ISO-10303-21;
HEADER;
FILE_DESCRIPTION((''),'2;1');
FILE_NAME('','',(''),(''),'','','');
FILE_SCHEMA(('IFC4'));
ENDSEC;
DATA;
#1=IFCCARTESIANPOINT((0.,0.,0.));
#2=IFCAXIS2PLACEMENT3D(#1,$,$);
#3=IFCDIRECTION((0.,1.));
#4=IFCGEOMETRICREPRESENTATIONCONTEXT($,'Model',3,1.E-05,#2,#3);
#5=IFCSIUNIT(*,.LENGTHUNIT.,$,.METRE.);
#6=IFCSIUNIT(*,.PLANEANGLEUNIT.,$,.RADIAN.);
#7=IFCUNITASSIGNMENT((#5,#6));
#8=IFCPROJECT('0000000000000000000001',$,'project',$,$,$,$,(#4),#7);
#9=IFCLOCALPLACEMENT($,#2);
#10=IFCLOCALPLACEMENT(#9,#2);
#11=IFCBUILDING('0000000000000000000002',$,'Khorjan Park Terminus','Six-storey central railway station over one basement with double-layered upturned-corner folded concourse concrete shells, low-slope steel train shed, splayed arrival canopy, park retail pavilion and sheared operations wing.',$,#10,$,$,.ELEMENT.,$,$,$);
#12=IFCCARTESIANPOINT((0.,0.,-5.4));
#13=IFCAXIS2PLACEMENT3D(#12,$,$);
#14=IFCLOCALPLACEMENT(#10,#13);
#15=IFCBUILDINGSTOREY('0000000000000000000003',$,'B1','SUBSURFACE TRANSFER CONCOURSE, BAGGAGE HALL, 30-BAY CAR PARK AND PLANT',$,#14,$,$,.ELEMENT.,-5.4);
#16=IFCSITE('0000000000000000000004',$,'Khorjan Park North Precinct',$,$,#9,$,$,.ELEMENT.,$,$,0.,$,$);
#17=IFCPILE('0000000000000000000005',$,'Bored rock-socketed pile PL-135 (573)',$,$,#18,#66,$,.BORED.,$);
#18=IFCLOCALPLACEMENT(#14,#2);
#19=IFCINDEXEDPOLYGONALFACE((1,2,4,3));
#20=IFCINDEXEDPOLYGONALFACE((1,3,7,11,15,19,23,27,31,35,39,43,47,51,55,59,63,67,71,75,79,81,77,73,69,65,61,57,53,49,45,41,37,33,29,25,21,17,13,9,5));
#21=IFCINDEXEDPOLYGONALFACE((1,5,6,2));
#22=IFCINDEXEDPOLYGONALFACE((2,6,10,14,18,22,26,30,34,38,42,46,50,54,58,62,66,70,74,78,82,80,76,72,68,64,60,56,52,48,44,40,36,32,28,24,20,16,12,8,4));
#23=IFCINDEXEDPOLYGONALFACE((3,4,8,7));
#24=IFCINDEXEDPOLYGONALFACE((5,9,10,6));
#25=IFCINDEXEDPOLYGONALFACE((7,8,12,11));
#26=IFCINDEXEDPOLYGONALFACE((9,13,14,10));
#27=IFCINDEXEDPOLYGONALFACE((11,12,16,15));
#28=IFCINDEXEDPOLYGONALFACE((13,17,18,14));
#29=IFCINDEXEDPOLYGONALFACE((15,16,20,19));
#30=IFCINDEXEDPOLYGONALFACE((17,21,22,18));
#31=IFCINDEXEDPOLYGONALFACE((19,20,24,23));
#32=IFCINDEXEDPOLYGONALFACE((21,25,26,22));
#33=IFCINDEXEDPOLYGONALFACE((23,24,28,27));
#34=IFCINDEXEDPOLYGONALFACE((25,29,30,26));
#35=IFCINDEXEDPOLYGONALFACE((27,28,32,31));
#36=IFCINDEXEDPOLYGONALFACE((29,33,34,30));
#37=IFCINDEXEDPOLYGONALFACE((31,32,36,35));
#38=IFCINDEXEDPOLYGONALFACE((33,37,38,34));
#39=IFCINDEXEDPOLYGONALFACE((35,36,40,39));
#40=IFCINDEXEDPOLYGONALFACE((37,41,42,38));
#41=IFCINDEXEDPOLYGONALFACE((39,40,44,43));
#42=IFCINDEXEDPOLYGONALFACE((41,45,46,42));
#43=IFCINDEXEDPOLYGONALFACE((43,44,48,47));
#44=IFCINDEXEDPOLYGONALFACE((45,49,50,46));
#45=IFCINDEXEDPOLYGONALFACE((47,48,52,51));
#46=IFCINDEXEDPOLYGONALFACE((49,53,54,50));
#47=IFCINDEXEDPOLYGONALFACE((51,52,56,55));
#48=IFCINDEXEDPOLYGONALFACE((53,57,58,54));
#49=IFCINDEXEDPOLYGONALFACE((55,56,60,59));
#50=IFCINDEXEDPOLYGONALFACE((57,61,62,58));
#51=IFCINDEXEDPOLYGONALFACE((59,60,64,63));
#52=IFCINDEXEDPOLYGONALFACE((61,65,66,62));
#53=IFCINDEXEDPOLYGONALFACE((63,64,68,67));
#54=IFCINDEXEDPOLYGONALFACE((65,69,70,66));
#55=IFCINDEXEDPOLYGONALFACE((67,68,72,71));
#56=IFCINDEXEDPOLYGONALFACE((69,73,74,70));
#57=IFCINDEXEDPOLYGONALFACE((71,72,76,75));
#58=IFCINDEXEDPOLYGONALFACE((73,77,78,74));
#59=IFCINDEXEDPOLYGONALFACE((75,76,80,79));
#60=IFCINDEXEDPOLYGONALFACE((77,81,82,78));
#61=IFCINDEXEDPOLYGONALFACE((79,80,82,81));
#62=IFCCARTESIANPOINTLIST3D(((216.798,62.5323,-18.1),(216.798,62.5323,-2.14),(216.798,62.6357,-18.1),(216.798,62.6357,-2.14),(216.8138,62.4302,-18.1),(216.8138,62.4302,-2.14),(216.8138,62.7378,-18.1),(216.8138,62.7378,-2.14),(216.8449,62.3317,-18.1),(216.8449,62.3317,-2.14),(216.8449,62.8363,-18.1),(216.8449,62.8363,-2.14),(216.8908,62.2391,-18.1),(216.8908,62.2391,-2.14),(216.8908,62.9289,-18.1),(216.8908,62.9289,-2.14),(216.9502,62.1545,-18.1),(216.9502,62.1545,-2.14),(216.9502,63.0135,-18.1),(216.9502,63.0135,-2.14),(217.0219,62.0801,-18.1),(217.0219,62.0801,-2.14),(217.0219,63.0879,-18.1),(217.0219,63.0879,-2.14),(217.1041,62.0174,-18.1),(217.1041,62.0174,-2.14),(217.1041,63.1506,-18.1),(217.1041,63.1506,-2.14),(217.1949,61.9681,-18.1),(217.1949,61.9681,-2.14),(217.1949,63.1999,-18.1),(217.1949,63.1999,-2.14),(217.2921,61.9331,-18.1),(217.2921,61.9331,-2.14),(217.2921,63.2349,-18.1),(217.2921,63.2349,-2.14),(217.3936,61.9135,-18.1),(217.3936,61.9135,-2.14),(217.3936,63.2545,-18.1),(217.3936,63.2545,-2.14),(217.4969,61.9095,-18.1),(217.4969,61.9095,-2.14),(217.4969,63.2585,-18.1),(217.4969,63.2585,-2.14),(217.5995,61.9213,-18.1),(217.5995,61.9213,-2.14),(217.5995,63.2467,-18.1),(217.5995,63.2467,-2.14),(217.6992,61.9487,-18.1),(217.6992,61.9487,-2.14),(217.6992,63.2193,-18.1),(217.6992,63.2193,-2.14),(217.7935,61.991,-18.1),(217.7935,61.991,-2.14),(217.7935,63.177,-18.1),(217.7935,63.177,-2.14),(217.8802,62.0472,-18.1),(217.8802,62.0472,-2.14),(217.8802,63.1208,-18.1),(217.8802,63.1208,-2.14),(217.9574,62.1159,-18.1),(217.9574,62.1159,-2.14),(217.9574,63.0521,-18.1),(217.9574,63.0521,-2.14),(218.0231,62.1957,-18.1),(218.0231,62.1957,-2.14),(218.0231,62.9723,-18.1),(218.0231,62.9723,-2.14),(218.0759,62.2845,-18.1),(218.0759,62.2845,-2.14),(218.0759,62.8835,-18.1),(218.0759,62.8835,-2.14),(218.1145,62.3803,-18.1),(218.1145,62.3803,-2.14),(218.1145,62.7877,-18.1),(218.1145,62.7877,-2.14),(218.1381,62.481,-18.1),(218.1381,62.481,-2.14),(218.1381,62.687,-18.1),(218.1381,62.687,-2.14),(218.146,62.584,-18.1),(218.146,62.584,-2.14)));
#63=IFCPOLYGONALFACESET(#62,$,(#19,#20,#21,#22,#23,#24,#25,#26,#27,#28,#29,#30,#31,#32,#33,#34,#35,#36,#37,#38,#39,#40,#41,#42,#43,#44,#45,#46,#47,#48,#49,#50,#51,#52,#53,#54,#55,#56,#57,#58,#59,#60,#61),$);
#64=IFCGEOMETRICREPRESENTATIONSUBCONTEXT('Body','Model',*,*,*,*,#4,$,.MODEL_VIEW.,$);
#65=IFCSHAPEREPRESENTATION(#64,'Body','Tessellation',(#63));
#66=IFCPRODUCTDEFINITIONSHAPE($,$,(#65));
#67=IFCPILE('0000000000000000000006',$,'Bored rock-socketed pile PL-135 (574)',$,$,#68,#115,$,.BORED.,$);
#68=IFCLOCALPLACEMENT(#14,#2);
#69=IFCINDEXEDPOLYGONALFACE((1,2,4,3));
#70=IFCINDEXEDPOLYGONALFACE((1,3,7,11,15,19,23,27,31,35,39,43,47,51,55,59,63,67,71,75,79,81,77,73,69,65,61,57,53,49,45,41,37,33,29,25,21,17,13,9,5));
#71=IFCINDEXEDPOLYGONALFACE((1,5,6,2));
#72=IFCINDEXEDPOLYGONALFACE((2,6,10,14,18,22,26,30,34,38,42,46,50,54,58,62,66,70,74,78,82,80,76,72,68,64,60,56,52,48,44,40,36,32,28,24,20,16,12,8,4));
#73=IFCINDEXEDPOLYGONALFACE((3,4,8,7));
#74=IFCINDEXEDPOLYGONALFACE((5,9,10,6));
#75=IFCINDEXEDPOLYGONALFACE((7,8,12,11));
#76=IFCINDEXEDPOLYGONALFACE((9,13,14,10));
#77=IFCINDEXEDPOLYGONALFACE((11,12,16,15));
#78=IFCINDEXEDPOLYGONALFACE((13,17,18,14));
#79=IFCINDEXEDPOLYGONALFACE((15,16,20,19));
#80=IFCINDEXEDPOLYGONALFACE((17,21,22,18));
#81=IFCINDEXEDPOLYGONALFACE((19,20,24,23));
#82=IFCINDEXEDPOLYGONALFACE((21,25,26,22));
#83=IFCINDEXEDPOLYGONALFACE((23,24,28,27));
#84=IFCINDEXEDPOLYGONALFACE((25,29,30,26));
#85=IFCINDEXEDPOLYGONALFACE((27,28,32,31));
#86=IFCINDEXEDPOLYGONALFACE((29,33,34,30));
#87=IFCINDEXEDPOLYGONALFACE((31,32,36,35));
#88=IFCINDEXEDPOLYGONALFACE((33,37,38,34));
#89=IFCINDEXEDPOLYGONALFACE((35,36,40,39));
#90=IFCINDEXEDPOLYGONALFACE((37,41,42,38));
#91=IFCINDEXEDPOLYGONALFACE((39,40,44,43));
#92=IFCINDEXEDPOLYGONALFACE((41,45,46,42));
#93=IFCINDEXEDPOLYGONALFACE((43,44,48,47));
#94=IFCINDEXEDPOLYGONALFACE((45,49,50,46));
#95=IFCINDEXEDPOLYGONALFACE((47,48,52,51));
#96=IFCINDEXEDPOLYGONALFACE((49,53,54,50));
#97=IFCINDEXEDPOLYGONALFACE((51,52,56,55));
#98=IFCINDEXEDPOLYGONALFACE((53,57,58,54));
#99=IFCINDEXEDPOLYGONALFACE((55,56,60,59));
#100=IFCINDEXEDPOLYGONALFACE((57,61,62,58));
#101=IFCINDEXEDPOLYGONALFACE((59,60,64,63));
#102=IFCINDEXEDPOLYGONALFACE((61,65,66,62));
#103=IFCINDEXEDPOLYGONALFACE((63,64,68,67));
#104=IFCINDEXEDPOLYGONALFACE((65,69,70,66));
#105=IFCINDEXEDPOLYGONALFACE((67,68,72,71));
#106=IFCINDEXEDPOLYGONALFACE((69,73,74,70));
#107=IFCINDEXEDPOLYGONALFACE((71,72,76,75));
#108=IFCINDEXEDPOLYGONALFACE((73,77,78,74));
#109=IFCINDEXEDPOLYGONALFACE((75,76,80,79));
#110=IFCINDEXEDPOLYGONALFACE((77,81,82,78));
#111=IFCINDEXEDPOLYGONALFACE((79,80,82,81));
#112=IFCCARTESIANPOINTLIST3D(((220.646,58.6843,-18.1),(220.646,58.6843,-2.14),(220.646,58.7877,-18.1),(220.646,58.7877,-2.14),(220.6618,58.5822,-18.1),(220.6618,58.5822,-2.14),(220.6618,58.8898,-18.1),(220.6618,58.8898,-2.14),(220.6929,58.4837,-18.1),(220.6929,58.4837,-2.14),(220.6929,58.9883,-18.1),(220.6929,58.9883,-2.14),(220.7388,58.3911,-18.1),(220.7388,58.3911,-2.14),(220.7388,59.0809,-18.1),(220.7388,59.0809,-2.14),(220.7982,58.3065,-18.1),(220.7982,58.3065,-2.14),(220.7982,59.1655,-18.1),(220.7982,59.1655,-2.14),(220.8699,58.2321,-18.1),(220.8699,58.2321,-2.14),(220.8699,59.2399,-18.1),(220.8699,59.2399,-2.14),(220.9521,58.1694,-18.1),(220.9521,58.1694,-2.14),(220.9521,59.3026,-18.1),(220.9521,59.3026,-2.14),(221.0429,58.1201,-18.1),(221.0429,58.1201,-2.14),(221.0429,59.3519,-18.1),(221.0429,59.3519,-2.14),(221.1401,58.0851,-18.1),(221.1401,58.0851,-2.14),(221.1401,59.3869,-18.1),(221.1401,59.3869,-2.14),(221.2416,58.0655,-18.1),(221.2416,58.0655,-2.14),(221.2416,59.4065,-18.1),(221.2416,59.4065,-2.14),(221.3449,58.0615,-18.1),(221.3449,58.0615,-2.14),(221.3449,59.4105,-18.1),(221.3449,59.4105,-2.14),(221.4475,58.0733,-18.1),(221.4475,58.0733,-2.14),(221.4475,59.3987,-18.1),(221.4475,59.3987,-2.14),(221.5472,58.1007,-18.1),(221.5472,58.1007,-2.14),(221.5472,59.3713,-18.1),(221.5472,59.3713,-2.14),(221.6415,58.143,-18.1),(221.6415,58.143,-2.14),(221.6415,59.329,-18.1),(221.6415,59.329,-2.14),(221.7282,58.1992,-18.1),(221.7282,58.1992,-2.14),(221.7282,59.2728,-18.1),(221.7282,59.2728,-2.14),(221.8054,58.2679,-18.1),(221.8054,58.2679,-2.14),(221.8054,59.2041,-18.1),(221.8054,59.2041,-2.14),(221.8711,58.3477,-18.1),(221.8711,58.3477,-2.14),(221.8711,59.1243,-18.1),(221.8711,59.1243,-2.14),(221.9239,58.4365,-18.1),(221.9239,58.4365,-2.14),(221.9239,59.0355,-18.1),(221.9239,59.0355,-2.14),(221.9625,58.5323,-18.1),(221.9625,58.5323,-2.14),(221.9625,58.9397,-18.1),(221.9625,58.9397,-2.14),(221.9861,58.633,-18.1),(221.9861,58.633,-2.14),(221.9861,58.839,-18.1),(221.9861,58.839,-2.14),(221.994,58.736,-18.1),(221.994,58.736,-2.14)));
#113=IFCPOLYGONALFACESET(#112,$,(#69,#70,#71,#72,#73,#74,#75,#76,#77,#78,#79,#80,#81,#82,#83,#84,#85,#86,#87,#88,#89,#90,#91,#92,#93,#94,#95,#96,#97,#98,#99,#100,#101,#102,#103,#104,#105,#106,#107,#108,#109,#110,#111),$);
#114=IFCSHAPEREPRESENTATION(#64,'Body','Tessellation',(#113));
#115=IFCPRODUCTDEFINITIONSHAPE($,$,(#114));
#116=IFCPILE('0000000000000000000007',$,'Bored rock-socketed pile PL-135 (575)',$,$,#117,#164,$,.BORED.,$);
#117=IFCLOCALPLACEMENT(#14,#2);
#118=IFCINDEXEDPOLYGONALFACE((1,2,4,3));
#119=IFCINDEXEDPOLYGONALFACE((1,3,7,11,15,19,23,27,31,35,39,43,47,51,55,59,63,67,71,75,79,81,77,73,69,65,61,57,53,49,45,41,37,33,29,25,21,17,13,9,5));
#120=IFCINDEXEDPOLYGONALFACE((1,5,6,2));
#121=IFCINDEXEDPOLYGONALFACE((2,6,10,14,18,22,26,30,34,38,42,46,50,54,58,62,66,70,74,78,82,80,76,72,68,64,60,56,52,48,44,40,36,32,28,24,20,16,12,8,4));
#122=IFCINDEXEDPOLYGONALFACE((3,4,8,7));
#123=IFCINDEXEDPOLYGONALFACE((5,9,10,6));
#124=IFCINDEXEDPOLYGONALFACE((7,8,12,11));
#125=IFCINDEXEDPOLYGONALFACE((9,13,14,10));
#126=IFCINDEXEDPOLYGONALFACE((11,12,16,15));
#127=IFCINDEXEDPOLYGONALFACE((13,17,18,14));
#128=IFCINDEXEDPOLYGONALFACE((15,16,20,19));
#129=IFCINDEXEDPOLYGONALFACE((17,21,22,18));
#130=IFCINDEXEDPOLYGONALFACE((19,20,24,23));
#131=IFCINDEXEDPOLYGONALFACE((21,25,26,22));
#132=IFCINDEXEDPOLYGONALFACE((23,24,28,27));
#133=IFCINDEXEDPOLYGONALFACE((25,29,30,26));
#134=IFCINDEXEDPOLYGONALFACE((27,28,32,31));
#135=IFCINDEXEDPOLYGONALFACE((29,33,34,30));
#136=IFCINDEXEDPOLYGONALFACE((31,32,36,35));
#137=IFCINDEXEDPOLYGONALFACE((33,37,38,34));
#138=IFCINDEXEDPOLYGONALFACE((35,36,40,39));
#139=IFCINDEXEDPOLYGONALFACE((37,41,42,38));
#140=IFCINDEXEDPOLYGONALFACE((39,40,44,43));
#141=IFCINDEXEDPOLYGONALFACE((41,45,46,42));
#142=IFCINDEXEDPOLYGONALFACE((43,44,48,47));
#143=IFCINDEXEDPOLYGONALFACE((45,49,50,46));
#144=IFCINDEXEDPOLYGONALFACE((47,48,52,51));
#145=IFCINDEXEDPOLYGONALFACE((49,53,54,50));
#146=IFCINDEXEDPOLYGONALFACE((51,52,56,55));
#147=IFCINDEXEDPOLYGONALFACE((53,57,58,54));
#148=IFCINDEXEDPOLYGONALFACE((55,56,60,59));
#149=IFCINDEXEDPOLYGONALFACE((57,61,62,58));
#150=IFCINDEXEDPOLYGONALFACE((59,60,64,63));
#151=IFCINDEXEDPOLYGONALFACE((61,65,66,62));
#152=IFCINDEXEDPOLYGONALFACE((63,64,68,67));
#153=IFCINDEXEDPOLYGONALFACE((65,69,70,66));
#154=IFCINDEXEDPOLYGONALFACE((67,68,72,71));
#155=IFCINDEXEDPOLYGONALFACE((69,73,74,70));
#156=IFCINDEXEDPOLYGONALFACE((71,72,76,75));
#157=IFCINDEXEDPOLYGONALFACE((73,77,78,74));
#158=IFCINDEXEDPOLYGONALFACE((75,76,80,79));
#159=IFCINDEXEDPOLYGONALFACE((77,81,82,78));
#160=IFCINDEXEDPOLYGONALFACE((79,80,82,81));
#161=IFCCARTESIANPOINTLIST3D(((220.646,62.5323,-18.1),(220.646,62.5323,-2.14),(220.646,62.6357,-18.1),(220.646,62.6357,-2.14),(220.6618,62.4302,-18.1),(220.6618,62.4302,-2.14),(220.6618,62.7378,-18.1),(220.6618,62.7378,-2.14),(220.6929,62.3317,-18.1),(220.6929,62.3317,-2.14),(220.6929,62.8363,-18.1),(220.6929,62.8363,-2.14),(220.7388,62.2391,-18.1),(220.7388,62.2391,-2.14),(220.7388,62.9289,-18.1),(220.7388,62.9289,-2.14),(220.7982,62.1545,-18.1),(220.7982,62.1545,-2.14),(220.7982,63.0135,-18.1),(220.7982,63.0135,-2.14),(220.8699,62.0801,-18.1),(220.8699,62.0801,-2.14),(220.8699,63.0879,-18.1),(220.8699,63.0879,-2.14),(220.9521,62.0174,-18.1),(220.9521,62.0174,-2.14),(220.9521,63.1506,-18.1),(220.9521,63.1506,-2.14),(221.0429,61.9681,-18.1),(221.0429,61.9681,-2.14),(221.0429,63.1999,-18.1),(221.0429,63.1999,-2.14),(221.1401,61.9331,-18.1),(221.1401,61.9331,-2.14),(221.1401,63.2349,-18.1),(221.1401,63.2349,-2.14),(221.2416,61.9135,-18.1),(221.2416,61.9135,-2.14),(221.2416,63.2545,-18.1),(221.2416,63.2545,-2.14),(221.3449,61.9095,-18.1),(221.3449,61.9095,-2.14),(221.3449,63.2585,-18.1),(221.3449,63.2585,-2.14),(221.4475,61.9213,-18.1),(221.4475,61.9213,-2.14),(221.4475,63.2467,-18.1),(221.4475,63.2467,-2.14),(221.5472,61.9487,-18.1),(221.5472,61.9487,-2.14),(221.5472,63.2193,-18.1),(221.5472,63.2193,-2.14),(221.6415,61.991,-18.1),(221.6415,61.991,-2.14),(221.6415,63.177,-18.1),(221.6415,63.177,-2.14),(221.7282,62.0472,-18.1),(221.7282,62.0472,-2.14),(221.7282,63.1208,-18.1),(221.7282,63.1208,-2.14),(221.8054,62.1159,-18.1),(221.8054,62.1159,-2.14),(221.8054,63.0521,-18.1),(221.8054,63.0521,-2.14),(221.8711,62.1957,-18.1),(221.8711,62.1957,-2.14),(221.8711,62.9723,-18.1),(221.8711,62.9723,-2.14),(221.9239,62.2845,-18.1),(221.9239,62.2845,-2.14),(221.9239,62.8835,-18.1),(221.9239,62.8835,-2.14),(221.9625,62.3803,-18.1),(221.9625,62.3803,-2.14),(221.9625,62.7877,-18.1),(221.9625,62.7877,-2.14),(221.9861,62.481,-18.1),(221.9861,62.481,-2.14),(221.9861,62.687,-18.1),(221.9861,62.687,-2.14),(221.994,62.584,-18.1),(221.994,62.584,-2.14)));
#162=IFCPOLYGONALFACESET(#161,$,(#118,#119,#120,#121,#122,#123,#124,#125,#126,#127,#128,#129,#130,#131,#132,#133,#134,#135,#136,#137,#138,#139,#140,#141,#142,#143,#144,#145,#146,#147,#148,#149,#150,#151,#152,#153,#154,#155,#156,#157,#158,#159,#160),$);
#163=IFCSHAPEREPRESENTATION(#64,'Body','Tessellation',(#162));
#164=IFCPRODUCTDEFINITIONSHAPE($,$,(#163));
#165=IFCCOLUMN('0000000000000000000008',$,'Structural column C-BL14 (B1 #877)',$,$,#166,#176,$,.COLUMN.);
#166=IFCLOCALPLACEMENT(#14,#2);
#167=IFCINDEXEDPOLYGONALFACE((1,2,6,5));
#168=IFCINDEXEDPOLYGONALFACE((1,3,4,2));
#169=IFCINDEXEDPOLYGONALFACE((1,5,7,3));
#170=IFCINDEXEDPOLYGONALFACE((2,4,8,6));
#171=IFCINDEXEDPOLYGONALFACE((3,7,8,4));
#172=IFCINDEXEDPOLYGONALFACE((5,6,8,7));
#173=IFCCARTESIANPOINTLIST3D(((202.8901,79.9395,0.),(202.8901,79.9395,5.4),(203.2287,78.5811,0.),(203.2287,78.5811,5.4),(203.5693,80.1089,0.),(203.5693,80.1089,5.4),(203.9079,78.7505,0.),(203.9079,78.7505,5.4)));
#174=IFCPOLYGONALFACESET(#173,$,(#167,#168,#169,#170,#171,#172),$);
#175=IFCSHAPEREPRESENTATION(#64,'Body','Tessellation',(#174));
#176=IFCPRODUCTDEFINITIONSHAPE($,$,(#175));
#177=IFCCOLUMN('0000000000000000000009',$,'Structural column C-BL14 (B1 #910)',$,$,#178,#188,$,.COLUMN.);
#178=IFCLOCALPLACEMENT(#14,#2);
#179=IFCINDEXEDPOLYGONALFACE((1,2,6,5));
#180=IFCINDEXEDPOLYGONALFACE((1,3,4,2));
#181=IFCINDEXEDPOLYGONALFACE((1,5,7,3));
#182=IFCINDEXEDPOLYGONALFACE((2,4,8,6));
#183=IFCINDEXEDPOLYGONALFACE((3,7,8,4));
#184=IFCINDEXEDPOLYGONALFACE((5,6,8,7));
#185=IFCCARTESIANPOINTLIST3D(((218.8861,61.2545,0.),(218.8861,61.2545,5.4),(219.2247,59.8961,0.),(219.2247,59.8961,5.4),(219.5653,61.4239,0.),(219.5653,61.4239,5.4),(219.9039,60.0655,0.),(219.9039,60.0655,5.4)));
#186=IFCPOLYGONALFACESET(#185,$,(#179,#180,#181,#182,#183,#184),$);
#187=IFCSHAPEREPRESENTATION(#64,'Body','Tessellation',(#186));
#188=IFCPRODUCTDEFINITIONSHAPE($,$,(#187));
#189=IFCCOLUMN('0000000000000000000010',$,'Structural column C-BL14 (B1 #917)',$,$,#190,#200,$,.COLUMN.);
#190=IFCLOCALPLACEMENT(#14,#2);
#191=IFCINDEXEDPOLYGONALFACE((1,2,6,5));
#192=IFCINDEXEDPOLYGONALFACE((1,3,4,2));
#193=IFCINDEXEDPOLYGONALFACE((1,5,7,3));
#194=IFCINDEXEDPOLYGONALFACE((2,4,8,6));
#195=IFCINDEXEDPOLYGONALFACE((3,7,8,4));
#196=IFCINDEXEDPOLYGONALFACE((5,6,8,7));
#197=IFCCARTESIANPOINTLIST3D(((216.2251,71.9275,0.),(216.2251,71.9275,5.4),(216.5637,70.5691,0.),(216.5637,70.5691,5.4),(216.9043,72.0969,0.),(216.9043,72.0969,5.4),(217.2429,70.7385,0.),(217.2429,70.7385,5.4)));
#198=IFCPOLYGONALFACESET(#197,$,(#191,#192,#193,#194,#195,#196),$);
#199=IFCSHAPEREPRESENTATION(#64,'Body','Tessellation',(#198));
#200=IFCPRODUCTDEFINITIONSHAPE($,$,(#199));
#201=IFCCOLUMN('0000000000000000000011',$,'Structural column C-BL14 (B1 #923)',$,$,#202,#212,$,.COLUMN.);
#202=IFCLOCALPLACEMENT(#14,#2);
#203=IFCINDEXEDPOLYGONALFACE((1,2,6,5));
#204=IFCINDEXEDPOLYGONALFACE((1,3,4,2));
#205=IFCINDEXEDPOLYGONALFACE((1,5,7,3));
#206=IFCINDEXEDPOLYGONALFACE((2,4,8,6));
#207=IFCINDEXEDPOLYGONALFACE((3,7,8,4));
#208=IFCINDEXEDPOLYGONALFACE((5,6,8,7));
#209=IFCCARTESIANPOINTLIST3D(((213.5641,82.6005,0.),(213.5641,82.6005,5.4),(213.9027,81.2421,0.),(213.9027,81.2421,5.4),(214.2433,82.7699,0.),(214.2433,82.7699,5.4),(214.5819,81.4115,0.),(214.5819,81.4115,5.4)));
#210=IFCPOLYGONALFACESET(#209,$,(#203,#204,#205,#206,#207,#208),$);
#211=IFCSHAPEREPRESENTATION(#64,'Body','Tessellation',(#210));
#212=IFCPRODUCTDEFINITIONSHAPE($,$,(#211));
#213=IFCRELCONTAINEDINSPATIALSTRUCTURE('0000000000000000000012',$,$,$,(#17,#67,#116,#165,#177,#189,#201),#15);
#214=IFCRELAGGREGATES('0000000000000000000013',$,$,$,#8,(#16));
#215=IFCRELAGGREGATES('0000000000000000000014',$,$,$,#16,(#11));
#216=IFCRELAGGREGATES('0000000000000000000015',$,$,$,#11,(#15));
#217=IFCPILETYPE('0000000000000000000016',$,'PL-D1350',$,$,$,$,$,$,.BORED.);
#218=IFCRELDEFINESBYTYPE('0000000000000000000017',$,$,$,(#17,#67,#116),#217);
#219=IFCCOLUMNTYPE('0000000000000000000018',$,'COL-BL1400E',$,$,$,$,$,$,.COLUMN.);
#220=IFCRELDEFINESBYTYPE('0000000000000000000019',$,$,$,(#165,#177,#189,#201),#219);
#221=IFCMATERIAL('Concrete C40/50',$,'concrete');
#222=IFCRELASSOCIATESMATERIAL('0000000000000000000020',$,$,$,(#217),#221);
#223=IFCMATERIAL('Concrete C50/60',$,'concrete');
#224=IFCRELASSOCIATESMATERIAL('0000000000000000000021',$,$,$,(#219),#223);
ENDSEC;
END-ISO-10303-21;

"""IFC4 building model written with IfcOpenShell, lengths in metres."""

from ifc_helpers import new_model, si_unit, direction, frame, origin, origin_2d, place, context, subcontext, project, spatial, rectangle, circle, extrude, material, material_profile, profile_set, type_object, element, save


model = new_model("IFC4")

# Units and contexts
model_context = context("Model", 3, precision=1e-05, world=origin(), true_north=direction((0.0, 1.0)))
body_context = subcontext(model_context, "Body", "Model", "MODEL_VIEW")
ifc_project = project(units=[si_unit("LENGTHUNIT", "METRE"), si_unit("PLANEANGLEUNIT", "RADIAN")], contexts=[model_context])

# Site, building, storey
site_placement = place(None, origin())
site = spatial("IfcSite", under=ifc_project, at=site_placement, Name="Khorjan Park North Precinct", CompositionType="ELEMENT", RefElevation=0.0)
building_placement = place(site_placement, origin())
building = spatial("IfcBuilding", under=site, at=building_placement, Name="Khorjan Park Terminus", Description="Six-storey central railway station over one basement with double-layered upturned-corner folded concourse concrete shells, low-slope steel train shed, splayed arrival canopy, park retail pavilion and sheared operations wing.", CompositionType="ELEMENT")
storey_placement = place(building_placement, frame((0.0, 0.0, -5.4)))
storey = spatial("IfcBuildingStorey", under=building, at=storey_placement, Name="B1", Description="SUBSURFACE TRANSFER CONCOURSE, BAGGAGE HALL, 30-BAY CAR PARK AND PLANT", CompositionType="ELEMENT", Elevation=-5.4)

# Piles
ifc_material_1 = material(Name="Concrete C40/50", Category="concrete")
ifc_material_profile_1 = material_profile(ifc_material_1, circle(Radius=0.675, at=origin_2d()), Name="BORED D1350")
ifc_profile_set_1 = profile_set([ifc_material_profile_1], Name="Concrete C40/50")
pile_type_1 = type_object("IfcPileType", Name="PL-D1350", PredefinedType="BORED", material=ifc_profile_set_1)
for number, where, z_axis, x_axis, name in (
    (1, (217.471, 62.584, -2.14), (0.0, 0.0, -1.0), (1.0, 0.0, 0.0), "Bored rock-socketed pile PL-135 (573)"),
    (2, (221.319, 58.736, -2.14), (0.0, 0.0, -1.0), (1.0, 0.0, 0.0), "Bored rock-socketed pile PL-135 (574)"),
    (3, (221.319, 62.584, -2.14), (0.0, 0.0, -1.0), (1.0, 0.0, 0.0), "Bored rock-socketed pile PL-135 (575)"),
):
    element("IfcPile", number, at=place(storey_placement, frame(where, z_axis=z_axis, x_axis=x_axis)), inside=storey, type_object=pile_type_1, Name=name, PredefinedType="BORED", context=body_context, shape_type="SweptSolid", body=[
        extrude(circle(Radius=0.675, at=origin_2d()), origin(), (0.0, 0.0, 1.0), 15.96),
    ])

# Columns
ifc_material_2 = material(Name="Concrete C50/60", Category="concrete")
ifc_material_profile_2 = material_profile(ifc_material_2, rectangle(XDim=0.7, YDim=1.4, at=origin_2d()), Name="RC 700x1400")
ifc_profile_set_2 = profile_set([ifc_material_profile_2], Name="Concrete C50/60")
column_type_1 = type_object("IfcColumnType", Name="COL-BL1400E", PredefinedType="COLUMN", material=ifc_profile_set_2)
for number, where, z_axis, x_axis, name in (
    (4, (203.399, 79.345, 0.0), (0.0, 0.0, 1.0), (0.970296, 0.241922, 0.0), "Structural column C-BL14 (B1 #877)"),
    (5, (219.395, 60.66, 0.0), (0.0, 0.0, 1.0), (0.970296, 0.241922, 0.0), "Structural column C-BL14 (B1 #910)"),
    (6, (216.734, 71.333, 0.0), (0.0, 0.0, 1.0), (0.970296, 0.241922, 0.0), "Structural column C-BL14 (B1 #917)"),
    (7, (214.073, 82.006, 0.0), (0.0, 0.0, 1.0), (0.970296, 0.241922, 0.0), "Structural column C-BL14 (B1 #923)"),
):
    element("IfcColumn", number, at=place(storey_placement, frame(where, z_axis=z_axis, x_axis=x_axis)), inside=storey, type_object=column_type_1, Name=name, PredefinedType="COLUMN", context=body_context, shape_type="SweptSolid", body=[
        extrude(rectangle(XDim=0.7, YDim=1.4, at=origin_2d()), origin(), (0.0, 0.0, 1.0), 5.4),
    ])

save(model, "model.ifc")
